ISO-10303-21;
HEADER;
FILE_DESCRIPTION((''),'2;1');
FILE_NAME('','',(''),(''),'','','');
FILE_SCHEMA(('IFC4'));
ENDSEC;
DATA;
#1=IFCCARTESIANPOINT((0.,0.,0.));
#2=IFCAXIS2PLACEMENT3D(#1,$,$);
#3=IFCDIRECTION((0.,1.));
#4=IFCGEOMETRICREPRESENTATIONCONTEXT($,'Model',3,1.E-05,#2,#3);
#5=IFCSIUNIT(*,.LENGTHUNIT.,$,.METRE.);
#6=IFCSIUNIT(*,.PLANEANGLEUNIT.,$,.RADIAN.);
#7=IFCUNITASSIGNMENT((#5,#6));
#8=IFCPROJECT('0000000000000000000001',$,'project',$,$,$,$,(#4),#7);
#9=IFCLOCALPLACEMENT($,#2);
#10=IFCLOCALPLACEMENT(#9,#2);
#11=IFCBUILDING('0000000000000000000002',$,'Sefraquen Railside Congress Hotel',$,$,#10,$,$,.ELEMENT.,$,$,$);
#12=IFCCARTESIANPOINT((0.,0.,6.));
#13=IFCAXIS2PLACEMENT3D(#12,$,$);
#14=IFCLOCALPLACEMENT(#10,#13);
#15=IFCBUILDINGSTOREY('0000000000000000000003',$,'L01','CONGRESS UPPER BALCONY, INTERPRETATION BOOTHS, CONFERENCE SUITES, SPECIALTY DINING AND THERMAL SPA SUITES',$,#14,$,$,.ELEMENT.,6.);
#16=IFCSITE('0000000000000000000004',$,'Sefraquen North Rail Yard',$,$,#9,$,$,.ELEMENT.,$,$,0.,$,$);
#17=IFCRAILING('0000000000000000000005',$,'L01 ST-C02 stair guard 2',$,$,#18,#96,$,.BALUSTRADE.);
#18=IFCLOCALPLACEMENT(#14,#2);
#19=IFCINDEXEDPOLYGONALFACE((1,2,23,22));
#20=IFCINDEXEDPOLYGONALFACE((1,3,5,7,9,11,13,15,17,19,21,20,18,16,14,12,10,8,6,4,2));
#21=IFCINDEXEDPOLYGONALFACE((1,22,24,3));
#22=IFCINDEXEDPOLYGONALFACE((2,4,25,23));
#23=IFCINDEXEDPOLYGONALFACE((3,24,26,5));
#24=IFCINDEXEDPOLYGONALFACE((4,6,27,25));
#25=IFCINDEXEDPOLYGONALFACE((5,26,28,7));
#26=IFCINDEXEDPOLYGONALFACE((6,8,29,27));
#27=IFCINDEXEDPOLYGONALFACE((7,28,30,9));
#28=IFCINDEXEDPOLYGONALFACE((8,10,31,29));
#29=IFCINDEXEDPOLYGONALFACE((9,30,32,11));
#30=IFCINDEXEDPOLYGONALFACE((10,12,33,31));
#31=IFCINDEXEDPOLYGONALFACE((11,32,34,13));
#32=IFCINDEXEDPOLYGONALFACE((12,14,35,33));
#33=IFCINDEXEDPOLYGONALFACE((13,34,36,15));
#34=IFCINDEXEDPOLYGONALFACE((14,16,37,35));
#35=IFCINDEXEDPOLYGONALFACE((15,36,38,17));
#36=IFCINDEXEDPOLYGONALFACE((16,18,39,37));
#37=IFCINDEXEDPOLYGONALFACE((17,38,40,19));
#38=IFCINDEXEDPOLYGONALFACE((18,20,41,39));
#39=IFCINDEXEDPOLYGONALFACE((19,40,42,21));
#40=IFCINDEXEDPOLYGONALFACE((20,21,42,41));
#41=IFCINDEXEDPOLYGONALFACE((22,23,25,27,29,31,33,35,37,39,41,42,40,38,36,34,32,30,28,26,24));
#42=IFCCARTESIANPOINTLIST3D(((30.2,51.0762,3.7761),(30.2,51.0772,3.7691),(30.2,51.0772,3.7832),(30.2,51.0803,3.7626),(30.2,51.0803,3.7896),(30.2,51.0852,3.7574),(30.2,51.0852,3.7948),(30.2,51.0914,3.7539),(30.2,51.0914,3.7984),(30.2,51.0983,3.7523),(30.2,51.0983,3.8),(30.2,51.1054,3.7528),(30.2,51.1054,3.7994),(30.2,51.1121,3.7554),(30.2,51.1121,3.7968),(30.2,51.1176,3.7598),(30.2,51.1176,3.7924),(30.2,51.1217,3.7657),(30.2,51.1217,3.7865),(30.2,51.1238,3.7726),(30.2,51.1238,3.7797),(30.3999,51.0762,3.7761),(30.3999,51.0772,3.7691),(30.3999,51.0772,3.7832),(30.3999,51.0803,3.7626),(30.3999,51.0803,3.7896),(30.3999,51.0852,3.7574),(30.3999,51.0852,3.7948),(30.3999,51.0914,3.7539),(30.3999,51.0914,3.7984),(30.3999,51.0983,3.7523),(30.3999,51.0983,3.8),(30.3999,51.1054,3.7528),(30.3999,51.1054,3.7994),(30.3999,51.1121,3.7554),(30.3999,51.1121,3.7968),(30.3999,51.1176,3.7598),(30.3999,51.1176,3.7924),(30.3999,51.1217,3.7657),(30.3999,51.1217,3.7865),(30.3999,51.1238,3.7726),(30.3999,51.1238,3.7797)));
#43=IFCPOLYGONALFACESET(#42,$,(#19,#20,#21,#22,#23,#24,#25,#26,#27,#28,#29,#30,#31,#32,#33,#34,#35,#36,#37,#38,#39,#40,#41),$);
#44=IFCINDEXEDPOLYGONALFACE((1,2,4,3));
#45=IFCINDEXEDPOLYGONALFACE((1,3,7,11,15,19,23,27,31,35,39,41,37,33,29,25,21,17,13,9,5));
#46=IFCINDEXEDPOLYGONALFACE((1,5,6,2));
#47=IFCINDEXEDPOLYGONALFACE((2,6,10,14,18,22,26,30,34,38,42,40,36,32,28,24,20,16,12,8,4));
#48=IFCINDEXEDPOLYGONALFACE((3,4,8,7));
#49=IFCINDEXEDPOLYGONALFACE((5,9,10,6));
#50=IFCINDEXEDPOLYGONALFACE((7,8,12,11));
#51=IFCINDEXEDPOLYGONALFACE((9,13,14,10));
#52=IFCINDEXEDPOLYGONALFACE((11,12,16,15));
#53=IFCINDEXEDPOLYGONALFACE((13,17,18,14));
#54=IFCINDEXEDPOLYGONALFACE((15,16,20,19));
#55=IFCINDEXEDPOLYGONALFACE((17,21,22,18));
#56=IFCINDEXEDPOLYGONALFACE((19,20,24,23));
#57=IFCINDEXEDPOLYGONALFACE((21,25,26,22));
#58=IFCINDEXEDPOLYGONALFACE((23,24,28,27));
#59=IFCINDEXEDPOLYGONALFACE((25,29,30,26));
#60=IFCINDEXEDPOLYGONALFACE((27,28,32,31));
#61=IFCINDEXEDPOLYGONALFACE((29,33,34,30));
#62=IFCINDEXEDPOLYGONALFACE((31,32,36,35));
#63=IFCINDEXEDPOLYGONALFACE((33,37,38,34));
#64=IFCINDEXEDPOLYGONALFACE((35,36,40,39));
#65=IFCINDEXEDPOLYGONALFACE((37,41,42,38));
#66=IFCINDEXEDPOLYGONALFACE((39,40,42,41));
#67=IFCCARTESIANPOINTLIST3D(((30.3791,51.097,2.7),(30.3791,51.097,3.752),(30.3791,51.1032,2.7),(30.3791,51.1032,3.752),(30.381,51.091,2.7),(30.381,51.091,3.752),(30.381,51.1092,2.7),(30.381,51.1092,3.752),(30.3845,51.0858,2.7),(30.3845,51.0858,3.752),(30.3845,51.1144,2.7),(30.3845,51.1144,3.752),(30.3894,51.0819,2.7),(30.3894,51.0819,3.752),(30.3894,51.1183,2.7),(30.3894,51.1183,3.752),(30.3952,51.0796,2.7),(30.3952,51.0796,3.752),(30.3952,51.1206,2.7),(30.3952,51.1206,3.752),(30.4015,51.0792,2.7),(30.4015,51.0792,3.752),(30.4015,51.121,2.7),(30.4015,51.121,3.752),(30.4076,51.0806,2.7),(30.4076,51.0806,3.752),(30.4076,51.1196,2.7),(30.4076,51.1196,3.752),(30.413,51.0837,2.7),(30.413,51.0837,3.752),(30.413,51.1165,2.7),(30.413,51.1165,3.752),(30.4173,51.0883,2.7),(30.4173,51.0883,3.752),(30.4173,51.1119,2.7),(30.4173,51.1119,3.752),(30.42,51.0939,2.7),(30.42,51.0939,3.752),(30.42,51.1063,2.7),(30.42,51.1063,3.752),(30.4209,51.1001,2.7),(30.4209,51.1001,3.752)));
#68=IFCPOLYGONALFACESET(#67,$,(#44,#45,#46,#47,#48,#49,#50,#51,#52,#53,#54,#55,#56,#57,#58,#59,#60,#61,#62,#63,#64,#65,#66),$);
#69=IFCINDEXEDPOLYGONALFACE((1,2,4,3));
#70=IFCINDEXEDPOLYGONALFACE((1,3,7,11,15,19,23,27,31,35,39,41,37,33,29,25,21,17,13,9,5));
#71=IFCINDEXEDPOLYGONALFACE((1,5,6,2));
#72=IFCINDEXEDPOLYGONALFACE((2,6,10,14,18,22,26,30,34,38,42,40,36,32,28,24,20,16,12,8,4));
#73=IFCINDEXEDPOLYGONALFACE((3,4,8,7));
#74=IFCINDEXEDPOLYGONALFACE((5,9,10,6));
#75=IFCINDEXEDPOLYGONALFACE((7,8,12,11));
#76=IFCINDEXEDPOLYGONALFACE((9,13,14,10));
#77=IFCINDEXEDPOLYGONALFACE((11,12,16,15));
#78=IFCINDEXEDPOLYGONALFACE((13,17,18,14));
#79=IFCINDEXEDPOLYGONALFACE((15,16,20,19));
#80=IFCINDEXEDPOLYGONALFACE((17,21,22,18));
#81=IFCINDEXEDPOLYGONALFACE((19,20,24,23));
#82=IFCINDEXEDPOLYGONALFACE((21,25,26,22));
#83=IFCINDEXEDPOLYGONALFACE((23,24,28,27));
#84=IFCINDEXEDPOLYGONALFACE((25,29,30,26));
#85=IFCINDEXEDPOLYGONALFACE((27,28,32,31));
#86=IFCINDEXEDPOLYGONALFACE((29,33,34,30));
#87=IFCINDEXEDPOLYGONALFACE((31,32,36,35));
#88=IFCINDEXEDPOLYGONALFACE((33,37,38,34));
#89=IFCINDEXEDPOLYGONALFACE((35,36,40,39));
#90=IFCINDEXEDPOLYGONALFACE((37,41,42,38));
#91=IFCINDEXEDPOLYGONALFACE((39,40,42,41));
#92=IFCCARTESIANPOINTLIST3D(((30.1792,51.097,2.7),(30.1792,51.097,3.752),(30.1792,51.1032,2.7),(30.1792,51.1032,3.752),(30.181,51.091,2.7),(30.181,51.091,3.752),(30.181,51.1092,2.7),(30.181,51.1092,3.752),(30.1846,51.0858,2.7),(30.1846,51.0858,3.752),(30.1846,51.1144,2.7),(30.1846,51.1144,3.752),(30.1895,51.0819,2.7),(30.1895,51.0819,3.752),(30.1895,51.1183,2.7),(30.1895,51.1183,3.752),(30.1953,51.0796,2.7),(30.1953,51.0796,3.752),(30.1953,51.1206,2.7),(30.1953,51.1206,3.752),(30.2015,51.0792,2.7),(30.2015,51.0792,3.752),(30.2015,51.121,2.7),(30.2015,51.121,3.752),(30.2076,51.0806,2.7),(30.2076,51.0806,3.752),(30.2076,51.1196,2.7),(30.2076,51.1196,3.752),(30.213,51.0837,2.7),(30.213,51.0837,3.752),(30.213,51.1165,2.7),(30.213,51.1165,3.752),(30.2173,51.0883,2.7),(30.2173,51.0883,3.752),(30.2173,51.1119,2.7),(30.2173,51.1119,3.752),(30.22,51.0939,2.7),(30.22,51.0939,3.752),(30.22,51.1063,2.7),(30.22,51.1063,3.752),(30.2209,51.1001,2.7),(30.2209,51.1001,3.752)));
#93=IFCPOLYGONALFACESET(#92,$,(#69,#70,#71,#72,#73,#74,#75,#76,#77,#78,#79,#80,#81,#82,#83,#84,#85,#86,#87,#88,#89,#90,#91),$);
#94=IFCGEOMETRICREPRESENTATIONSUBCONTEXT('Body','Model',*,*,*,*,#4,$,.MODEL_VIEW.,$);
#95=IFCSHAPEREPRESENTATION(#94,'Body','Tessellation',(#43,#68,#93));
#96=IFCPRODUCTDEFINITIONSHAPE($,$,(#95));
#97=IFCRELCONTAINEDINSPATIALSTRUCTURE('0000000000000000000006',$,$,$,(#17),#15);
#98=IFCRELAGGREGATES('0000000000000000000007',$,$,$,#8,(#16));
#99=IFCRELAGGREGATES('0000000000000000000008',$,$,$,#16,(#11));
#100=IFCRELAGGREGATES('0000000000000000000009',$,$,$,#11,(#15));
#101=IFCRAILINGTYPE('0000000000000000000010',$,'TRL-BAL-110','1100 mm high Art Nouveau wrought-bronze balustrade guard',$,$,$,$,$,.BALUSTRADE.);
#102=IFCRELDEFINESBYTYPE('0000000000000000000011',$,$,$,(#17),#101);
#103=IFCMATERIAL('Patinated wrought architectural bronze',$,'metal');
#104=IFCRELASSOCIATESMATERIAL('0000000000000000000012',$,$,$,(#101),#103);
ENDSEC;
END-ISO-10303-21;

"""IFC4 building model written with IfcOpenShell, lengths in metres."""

from ifc_helpers import new_model, si_unit, direction, frame, origin, origin_2d, place, context, subcontext, project, spatial, circle, extrude, material, type_object, element, save


model = new_model("IFC4")

# Units and contexts
model_context = context("Model", 3, precision=1e-05, world=origin(), true_north=direction((0.0, 1.0)))
body_context = subcontext(model_context, "Body", "Model", "MODEL_VIEW")
ifc_project = project(units=[si_unit("LENGTHUNIT", "METRE"), si_unit("PLANEANGLEUNIT", "RADIAN")], contexts=[model_context])

# Site, building, storey
site_placement = place(None, origin())
site = spatial("IfcSite", under=ifc_project, at=site_placement, Name="Sefraquen North Rail Yard", CompositionType="ELEMENT", RefElevation=0.0)
building_placement = place(site_placement, origin())
building = spatial("IfcBuilding", under=site, at=building_placement, Name="Sefraquen Railside Congress Hotel", CompositionType="ELEMENT")
storey_placement = place(building_placement, frame((0.0, 0.0, 6.0)))
storey = spatial("IfcBuildingStorey", under=building, at=storey_placement, Name="L01", Description="CONGRESS UPPER BALCONY, INTERPRETATION BOOTHS, CONFERENCE SUITES, SPECIALTY DINING AND THERMAL SPA SUITES", CompositionType="ELEMENT", Elevation=6.0)

# Railing
ifc_material_1 = material(Name="Patinated wrought architectural bronze", Category="metal")
railing_type_1 = type_object("IfcRailingType", Name="TRL-BAL-110", Description="1100 mm high Art Nouveau wrought-bronze balustrade guard", PredefinedType="BALUSTRADE", material=ifc_material_1)
railing_1_placement = place(storey_placement, frame((30.3999, 51.1001, 2.7)))
element("IfcRailing", 1, at=railing_1_placement, inside=storey, type_object=railing_type_1, Name="L01 ST-C02 stair guard 2", PredefinedType="BALUSTRADE", context=body_context, shape_type="SweptSolid", body=[
    extrude(circle(Radius=0.0239, at=origin_2d()), frame((0.0, 0.0, 1.0762), z_axis=(-1.0, 0.0, 0.0), x_axis=(0.0, -1.0, 0.0)), (0.0, 0.0, 1.0), 0.2),
    extrude(circle(Radius=0.021, at=origin_2d()), origin(), (0.0, 0.0, 1.0), 1.052),
    extrude(circle(Radius=0.021, at=origin_2d()), frame((-0.2, 0.0, 0.0)), (0.0, 0.0, 1.0), 1.052),
])

save(model, "model.ifc")
